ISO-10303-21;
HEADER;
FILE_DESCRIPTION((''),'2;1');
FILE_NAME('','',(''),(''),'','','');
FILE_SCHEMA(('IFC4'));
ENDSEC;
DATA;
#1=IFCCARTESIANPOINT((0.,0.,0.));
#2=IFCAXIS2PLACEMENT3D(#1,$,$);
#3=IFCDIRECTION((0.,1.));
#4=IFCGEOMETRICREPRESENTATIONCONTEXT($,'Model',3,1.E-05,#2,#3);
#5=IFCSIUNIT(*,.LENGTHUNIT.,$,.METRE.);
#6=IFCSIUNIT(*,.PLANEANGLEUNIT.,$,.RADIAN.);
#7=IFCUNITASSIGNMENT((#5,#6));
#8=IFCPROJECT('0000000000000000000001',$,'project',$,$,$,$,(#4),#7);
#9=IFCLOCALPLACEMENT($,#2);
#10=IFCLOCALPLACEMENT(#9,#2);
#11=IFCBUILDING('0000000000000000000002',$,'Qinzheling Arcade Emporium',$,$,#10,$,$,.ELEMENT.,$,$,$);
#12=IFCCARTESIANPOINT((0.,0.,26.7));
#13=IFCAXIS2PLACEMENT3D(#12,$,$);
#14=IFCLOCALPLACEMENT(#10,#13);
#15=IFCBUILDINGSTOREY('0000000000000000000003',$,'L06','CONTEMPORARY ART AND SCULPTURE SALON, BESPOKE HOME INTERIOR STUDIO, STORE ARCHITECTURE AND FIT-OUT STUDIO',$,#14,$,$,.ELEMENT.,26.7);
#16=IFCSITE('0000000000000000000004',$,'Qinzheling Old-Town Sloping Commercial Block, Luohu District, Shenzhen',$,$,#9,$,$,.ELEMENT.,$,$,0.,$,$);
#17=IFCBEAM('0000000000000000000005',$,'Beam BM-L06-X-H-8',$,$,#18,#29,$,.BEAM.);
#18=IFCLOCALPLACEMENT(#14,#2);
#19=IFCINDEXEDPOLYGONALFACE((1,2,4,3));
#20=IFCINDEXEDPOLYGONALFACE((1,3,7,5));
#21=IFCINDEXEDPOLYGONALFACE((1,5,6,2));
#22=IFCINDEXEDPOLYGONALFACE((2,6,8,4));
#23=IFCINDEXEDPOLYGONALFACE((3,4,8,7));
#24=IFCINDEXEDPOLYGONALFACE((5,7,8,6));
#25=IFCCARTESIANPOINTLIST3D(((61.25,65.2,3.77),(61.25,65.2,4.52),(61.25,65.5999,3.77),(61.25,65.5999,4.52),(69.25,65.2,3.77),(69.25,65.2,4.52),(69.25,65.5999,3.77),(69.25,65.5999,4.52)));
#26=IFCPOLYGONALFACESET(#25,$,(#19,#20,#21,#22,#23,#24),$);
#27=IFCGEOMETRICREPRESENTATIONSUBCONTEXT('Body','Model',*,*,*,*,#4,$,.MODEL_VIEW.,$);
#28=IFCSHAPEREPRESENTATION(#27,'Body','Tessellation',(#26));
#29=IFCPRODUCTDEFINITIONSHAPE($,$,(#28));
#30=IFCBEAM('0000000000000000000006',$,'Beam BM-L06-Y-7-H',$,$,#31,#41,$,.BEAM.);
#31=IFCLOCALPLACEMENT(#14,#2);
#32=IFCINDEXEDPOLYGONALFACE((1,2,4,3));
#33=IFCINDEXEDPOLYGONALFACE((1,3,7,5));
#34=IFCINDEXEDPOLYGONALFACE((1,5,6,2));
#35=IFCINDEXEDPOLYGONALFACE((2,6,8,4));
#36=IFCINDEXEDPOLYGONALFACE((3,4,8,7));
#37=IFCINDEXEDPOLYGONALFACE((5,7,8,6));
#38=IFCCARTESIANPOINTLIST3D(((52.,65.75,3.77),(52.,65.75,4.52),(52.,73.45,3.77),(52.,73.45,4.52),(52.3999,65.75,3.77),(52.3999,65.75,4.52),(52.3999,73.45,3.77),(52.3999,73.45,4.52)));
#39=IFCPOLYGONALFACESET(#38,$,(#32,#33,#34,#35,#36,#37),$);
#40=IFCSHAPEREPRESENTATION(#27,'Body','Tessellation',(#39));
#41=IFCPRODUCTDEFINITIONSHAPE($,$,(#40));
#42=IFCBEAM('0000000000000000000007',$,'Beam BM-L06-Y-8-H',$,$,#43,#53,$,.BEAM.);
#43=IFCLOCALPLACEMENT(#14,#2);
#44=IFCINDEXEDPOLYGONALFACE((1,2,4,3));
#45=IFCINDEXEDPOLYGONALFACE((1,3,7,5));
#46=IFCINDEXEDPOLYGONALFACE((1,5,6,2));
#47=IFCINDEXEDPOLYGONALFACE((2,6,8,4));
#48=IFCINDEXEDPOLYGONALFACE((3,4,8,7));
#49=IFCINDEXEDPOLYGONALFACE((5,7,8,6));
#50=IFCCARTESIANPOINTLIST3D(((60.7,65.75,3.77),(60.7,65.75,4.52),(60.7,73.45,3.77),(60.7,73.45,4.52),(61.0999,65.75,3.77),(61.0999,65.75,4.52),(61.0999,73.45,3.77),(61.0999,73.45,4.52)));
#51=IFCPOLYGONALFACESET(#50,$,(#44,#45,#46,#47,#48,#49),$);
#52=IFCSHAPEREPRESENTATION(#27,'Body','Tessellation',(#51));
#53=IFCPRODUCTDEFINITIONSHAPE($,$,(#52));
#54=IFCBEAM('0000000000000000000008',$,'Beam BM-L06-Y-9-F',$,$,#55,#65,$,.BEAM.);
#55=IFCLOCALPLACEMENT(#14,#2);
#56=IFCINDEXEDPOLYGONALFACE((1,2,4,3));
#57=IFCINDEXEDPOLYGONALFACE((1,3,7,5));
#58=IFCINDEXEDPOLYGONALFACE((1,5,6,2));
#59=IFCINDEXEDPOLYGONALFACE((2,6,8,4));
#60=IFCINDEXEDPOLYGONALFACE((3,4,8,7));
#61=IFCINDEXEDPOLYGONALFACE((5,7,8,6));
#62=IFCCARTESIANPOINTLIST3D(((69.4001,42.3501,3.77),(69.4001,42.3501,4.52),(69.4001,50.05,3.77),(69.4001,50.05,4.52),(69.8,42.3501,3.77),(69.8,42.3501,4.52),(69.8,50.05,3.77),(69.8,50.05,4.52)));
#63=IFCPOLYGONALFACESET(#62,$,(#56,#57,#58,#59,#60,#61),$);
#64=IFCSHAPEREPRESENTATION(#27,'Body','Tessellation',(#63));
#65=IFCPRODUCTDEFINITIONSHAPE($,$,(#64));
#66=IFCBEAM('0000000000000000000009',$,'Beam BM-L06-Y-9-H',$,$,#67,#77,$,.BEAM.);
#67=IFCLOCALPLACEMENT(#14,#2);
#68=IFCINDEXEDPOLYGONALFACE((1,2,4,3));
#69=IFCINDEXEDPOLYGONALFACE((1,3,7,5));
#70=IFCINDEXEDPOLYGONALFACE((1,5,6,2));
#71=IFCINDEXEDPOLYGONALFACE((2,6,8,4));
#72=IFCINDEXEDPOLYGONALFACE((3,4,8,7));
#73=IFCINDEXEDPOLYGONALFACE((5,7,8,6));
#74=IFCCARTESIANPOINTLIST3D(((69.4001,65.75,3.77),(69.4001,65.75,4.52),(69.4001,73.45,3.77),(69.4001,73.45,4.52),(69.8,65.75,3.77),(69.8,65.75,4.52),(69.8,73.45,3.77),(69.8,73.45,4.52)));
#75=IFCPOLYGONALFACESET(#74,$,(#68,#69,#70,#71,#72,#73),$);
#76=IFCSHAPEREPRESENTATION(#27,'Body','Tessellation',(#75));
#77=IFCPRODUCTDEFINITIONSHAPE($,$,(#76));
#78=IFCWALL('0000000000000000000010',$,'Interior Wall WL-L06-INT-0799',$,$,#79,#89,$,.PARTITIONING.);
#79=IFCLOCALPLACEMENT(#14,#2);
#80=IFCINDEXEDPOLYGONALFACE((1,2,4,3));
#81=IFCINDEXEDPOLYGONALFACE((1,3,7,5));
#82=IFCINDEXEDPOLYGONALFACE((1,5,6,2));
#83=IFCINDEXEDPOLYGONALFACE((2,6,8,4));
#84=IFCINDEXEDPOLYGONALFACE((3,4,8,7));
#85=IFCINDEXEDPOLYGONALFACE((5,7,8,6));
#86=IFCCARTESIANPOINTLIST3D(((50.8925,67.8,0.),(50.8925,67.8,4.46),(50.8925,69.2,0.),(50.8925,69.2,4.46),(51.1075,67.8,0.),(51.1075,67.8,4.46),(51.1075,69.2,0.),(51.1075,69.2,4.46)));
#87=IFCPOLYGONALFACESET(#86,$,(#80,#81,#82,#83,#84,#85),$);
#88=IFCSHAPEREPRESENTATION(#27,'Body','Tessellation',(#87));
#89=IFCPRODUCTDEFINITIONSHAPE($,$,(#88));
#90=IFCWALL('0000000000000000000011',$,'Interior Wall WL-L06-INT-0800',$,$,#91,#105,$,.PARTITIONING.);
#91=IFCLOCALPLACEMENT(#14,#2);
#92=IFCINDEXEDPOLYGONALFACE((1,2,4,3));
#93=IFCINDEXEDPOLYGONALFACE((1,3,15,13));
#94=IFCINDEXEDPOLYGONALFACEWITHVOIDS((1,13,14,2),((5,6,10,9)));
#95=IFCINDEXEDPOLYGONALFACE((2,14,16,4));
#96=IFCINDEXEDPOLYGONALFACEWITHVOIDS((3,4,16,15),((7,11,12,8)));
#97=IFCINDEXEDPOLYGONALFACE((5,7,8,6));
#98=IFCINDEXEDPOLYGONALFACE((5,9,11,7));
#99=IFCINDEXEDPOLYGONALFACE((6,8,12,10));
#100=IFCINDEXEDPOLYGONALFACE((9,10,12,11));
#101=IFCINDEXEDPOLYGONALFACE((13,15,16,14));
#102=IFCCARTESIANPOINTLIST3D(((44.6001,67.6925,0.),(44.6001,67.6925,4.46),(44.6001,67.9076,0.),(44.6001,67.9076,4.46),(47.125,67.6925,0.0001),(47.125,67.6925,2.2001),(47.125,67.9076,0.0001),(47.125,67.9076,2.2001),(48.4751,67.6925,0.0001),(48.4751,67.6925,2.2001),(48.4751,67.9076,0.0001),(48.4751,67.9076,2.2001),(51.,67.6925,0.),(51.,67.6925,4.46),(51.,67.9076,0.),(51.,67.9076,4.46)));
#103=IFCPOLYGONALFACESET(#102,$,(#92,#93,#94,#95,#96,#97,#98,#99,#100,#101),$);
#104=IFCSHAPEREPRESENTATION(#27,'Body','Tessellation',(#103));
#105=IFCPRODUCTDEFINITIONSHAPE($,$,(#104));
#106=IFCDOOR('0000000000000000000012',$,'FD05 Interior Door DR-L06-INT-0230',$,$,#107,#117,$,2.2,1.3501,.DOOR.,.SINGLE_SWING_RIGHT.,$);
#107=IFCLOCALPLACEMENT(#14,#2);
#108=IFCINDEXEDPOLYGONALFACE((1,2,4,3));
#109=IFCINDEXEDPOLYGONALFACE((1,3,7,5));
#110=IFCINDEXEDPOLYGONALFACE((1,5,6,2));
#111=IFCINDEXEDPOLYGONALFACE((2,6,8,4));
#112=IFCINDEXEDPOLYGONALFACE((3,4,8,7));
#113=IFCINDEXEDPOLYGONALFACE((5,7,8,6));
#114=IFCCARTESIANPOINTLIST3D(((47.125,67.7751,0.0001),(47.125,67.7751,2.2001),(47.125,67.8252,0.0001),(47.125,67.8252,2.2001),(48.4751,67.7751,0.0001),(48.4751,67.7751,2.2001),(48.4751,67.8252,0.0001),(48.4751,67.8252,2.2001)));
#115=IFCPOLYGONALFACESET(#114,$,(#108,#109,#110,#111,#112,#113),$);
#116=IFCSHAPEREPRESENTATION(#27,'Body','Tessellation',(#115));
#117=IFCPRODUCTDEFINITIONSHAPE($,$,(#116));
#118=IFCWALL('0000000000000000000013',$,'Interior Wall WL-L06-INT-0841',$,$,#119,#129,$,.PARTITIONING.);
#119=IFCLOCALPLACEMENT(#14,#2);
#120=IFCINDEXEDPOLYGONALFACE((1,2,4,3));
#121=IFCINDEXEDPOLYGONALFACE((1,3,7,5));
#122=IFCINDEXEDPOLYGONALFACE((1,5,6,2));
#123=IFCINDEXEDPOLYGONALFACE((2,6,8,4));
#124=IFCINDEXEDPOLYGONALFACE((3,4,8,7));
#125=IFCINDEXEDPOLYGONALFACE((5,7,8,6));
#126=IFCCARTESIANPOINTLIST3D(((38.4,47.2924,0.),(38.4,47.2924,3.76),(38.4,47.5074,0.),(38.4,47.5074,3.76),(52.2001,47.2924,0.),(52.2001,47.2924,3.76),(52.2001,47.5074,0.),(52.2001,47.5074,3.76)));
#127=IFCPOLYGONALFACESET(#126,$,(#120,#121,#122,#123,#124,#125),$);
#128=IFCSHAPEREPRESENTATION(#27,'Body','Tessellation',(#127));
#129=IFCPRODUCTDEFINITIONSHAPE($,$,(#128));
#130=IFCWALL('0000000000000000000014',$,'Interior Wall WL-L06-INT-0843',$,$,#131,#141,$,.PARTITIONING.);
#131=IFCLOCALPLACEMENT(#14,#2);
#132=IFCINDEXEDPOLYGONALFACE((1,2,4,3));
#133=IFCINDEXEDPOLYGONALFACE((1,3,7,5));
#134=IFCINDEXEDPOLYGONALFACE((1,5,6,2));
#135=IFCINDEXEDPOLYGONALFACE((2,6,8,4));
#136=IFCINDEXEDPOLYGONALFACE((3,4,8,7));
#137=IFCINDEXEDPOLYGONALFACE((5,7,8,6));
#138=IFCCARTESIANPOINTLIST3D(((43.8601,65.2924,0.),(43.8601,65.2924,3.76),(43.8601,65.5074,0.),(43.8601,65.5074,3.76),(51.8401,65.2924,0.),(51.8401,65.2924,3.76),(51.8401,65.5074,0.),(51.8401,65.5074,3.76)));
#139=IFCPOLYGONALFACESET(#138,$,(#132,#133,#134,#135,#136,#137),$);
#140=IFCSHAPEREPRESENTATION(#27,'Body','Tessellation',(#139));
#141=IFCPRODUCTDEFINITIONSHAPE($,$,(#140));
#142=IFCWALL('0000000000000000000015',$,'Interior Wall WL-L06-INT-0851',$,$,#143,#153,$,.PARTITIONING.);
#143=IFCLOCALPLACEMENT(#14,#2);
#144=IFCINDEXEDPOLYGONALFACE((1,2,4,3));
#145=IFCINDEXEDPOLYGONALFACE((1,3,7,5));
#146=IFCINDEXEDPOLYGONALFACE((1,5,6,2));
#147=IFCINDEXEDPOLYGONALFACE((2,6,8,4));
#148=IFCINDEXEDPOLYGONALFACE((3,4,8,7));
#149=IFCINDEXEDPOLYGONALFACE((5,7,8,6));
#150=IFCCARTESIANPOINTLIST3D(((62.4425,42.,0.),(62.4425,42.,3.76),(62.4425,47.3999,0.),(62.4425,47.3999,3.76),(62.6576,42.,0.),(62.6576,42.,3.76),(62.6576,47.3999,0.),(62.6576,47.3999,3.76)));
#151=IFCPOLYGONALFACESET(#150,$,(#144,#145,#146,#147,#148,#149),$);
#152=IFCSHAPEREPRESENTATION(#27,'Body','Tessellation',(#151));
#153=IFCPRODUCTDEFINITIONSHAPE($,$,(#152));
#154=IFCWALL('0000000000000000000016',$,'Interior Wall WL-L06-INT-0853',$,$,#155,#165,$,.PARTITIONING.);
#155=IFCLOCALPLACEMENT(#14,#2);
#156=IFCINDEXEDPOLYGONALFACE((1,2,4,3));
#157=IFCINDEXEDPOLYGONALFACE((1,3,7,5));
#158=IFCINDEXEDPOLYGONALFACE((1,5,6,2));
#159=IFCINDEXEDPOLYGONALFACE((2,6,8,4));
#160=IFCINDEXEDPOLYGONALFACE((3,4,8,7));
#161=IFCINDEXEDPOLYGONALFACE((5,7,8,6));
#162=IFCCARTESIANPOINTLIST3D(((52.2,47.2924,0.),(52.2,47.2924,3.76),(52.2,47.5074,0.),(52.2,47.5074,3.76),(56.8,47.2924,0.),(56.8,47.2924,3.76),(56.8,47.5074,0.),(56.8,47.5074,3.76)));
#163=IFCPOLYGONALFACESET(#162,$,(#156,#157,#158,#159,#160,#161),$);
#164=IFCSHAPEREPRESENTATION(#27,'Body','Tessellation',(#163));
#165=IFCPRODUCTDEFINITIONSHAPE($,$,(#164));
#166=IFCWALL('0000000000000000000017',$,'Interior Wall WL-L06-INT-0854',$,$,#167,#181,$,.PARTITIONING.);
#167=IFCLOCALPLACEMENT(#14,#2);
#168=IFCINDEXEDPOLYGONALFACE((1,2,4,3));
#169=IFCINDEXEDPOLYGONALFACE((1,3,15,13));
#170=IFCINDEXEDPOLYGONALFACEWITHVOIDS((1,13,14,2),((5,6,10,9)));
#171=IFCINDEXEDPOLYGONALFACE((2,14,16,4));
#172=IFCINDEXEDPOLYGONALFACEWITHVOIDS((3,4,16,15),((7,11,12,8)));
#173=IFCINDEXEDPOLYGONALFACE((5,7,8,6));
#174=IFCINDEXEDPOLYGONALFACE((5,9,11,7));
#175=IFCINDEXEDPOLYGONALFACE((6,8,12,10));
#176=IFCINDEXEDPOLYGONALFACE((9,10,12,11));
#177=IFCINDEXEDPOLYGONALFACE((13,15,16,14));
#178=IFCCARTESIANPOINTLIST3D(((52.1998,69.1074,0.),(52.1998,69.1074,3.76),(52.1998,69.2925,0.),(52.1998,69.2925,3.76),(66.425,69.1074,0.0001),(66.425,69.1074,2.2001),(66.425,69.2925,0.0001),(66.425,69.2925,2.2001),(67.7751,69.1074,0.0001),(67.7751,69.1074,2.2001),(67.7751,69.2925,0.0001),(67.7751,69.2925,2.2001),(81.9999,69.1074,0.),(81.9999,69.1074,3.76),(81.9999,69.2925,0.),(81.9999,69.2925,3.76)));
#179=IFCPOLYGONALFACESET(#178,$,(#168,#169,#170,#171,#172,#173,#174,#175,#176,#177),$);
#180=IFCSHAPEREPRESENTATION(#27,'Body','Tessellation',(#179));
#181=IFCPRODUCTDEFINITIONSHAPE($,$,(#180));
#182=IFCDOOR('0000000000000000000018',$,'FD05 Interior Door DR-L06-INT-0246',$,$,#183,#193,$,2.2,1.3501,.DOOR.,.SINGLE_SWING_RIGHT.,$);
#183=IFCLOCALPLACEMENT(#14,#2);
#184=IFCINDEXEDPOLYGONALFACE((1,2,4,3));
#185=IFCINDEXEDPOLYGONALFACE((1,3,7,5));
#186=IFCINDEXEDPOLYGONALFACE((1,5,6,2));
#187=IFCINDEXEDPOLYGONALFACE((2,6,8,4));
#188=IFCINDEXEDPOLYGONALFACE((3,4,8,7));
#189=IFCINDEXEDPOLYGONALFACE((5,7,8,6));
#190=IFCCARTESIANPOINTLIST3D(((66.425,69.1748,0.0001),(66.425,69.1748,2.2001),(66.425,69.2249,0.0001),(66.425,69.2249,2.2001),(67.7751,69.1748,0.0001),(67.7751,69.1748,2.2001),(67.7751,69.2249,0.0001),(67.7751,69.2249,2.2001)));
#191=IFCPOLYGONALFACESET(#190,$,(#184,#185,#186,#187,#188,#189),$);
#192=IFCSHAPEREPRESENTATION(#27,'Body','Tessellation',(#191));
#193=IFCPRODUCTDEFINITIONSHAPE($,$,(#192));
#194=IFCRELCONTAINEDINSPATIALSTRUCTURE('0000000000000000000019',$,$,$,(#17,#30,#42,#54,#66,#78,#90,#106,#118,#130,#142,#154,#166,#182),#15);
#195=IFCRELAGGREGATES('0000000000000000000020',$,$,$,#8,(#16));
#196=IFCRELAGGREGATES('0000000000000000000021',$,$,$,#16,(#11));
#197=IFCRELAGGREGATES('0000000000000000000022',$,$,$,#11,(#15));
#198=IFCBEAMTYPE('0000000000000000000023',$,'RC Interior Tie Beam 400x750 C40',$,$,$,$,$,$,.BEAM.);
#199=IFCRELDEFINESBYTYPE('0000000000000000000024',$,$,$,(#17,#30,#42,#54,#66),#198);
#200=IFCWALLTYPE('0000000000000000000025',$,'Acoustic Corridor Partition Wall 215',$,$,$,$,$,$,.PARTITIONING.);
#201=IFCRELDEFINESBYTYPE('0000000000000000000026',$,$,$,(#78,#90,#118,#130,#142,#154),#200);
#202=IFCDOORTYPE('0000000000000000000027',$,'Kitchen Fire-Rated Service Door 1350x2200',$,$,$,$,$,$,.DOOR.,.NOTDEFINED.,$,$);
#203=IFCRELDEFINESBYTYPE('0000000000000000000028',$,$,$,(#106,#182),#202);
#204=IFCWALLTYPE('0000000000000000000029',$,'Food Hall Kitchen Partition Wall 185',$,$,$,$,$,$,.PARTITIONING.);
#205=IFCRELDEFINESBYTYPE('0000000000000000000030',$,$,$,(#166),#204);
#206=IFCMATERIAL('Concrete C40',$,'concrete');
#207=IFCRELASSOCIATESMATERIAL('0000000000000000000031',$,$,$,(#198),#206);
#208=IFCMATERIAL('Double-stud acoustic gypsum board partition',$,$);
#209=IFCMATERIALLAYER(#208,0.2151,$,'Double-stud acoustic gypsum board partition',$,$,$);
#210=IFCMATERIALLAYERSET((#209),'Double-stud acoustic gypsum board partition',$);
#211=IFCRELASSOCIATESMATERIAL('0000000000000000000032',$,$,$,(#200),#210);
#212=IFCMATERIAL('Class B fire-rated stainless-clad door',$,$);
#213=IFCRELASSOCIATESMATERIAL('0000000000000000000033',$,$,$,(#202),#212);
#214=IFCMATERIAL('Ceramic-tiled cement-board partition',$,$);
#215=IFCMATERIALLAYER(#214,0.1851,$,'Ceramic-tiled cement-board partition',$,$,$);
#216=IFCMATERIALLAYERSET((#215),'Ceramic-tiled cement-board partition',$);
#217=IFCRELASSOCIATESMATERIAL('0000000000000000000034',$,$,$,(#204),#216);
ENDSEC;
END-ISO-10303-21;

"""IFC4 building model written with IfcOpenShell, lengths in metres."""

from ifc_helpers import new_model, si_unit, direction, frame, frame_2d, origin, origin_2d, place, context, subcontext, project, spatial, rectangle, extrude, material, layer, layer_set, material_profile, profile_set, type_object, element, fill, save


model = new_model("IFC4")

# Units and contexts
model_context = context("Model", 3, precision=1e-05, world=origin(), true_north=direction((0.0, 1.0)))
body_context = subcontext(model_context, "Body", "Model", "MODEL_VIEW")
ifc_project = project(units=[si_unit("LENGTHUNIT", "METRE"), si_unit("PLANEANGLEUNIT", "RADIAN")], contexts=[model_context])

# Site, building, storey
site_placement = place(None, origin())
site = spatial("IfcSite", under=ifc_project, at=site_placement, Name="Qinzheling Old-Town Sloping Commercial Block, Luohu District, Shenzhen", CompositionType="ELEMENT", RefElevation=0.0)
building_placement = place(site_placement, origin())
building = spatial("IfcBuilding", under=site, at=building_placement, Name="Qinzheling Arcade Emporium", CompositionType="ELEMENT")
storey_placement = place(building_placement, frame((0.0, 0.0, 26.7)))
storey = spatial("IfcBuildingStorey", under=building, at=storey_placement, Name="L06", Description="CONTEMPORARY ART AND SCULPTURE SALON, BESPOKE HOME INTERIOR STUDIO, STORE ARCHITECTURE AND FIT-OUT STUDIO", CompositionType="ELEMENT", Elevation=26.7)

# Shared definitions
ifc_material_1 = material(Name="Concrete C40", Category="concrete")

# Beams
ifc_material_profile_1 = material_profile(ifc_material_1, rectangle(XDim=0.3999, YDim=0.75, at=origin_2d()), Name="RC 400x750", Category="concrete")
ifc_profile_set_1 = profile_set([ifc_material_profile_1], Name="Concrete C40")
beam_type_1 = type_object("IfcBeamType", Name="RC Interior Tie Beam 400x750 C40", PredefinedType="BEAM", material=ifc_profile_set_1)
for number, where, z_axis, x_axis, name in (
    (1, (61.25, 65.3999, 4.145), (1.0, 0.0, 0.0), (0.0, 1.0, 0.0), "Beam BM-L06-X-H-8"),
):
    element("IfcBeam", number, at=place(storey_placement, frame(where, z_axis=z_axis, x_axis=x_axis)), inside=storey, type_object=beam_type_1, Name=name, PredefinedType="BEAM", context=body_context, shape_type="SweptSolid", body=[
        extrude(rectangle(XDim=0.3999, YDim=0.75, at=origin_2d()), origin(), (0.0, 0.0, 1.0), 8.0),
    ])
for number, where, z_axis, x_axis, name in (
    (2, (52.2, 65.75, 4.145), (0.0, 1.0, 0.0), (-1.0, 0.0, 0.0), "Beam BM-L06-Y-7-H"),
    (3, (60.8999, 65.75, 4.145), (0.0, 1.0, 0.0), (-1.0, 0.0, 0.0), "Beam BM-L06-Y-8-H"),
    (4, (69.6001, 42.3501, 4.145), (0.0, 1.0, 0.0), (-1.0, 0.0, 0.0), "Beam BM-L06-Y-9-F"),
    (5, (69.6001, 65.75, 4.145), (0.0, 1.0, 0.0), (-1.0, 0.0, 0.0), "Beam BM-L06-Y-9-H"),
):
    element("IfcBeam", number, at=place(storey_placement, frame(where, z_axis=z_axis, x_axis=x_axis)), inside=storey, type_object=beam_type_1, Name=name, PredefinedType="BEAM", context=body_context, shape_type="SweptSolid", body=[
        extrude(rectangle(XDim=0.3999, YDim=0.75, at=origin_2d()), origin(), (0.0, 0.0, 1.0), 7.7),
    ])

# Wall
ifc_material_2 = material(Name="Double-stud acoustic gypsum board partition")
ifc_layer_1 = layer(ifc_material_2, 0.2151, Name="Double-stud acoustic gypsum board partition")
ifc_layer_set_1 = layer_set([ifc_layer_1], Name="Double-stud acoustic gypsum board partition")
wall_type_1 = type_object("IfcWallType", Name="Acoustic Corridor Partition Wall 215", PredefinedType="PARTITIONING", material=ifc_layer_set_1)
wall_1_placement = place(storey_placement, frame((51.0, 69.2, 0.0), z_axis=(0.0, 0.0, 1.0), x_axis=(0.0, -1.0, 0.0)))
element("IfcWall", 6, at=wall_1_placement, inside=storey, type_object=wall_type_1, Name="Interior Wall WL-L06-INT-0799", PredefinedType="PARTITIONING", context=body_context, shape_type="SweptSolid", body=[
    extrude(rectangle(XDim=1.3999, YDim=0.2151, at=frame_2d((0.7, 0.0))), origin(), (0.0, 0.0, 1.0), 4.46),
])

# Wall, opening, door
wall_2_placement = place(storey_placement, frame((51.0, 67.8, 0.0), z_axis=(0.0, 0.0, 1.0), x_axis=(-1.0, 0.0, 0.0)))
wall_2 = element("IfcWall", 7, at=wall_2_placement, inside=storey, type_object=wall_type_1, Name="Interior Wall WL-L06-INT-0800", PredefinedType="PARTITIONING", context=body_context, shape_type="SweptSolid", body=[
    extrude(rectangle(XDim=6.3999, YDim=0.2151, at=frame_2d((3.2, 0.0))), origin(), (0.0, 0.0, 1.0), 4.46),
])
opening_1_placement = place(wall_2_placement, frame((2.5249, 0.0, 0.0)))
opening_1 = element("IfcOpeningElement", 8, at=opening_1_placement, cuts=wall_2, PredefinedType="OPENING", context=body_context, shape_type="SweptSolid", body=[
    extrude(rectangle(XDim=1.3501, YDim=2.2, at=frame_2d((0.675, 1.1001))), frame((0.0, 0.1177, 0.0), z_axis=(0.0, -1.0, 0.0), x_axis=(1.0, 0.0, 0.0)), (0.0, 0.0, 1.0), 0.2351),
])
ifc_material_3 = material(Name="Class B fire-rated stainless-clad door")
door_type = type_object("IfcDoorType", Name="Kitchen Fire-Rated Service Door 1350x2200", OperationType="NOTDEFINED", PredefinedType="DOOR", material=ifc_material_3)
door_1_placement = place(opening_1_placement, origin())
door_1 = element("IfcDoor", 9, at=door_1_placement, inside=storey, type_object=door_type, Name="FD05 Interior Door DR-L06-INT-0230", OperationType="SINGLE_SWING_RIGHT", OverallHeight=2.2, OverallWidth=1.3501, PredefinedType="DOOR", context=body_context, shape_type="SweptSolid", body=[
    extrude(rectangle(XDim=1.3501, YDim=2.2, at=frame_2d((0.675, 1.1001))), frame((0.0, 0.0249, 0.0), z_axis=(0.0, -1.0, 0.0), x_axis=(1.0, 0.0, 0.0)), (0.0, 0.0, 1.0), 0.05),
])
fill(opening_1, door_1)

# Walls
wall_3_placement = place(storey_placement, frame((52.2, 47.3999, 0.0), z_axis=(0.0, 0.0, 1.0), x_axis=(-1.0, 0.0, 0.0)))
element("IfcWall", 10, at=wall_3_placement, inside=storey, type_object=wall_type_1, Name="Interior Wall WL-L06-INT-0841", PredefinedType="PARTITIONING", context=body_context, shape_type="SweptSolid", body=[
    extrude(rectangle(XDim=13.8, YDim=0.2151, at=frame_2d((6.8999, 0.0))), origin(), (0.0, 0.0, 1.0), 3.76),
])
wall_4_placement = place(storey_placement, frame((51.8401, 65.3999, 0.0), z_axis=(0.0, 0.0, 1.0), x_axis=(-1.0, 0.0, 0.0)))
element("IfcWall", 11, at=wall_4_placement, inside=storey, type_object=wall_type_1, Name="Interior Wall WL-L06-INT-0843", PredefinedType="PARTITIONING", context=body_context, shape_type="SweptSolid", body=[
    extrude(rectangle(XDim=7.98, YDim=0.2151, at=frame_2d((3.99, 0.0))), origin(), (0.0, 0.0, 1.0), 3.76),
])
wall_5_placement = place(storey_placement, frame((62.55, 47.3999, 0.0), z_axis=(0.0, 0.0, 1.0), x_axis=(0.0, -1.0, 0.0)))
element("IfcWall", 12, at=wall_5_placement, inside=storey, type_object=wall_type_1, Name="Interior Wall WL-L06-INT-0851", PredefinedType="PARTITIONING", context=body_context, shape_type="SweptSolid", body=[
    extrude(rectangle(XDim=5.3999, YDim=0.2151, at=frame_2d((2.7, 0.0))), origin(), (0.0, 0.0, 1.0), 3.76),
])
wall_6_placement = place(storey_placement, frame((56.8, 47.3999, 0.0), z_axis=(0.0, 0.0, 1.0), x_axis=(-1.0, 0.0, 0.0)))
element("IfcWall", 13, at=wall_6_placement, inside=storey, type_object=wall_type_1, Name="Interior Wall WL-L06-INT-0853", PredefinedType="PARTITIONING", context=body_context, shape_type="SweptSolid", body=[
    extrude(rectangle(XDim=4.6001, YDim=0.2151, at=frame_2d((2.3, 0.0))), origin(), (0.0, 0.0, 1.0), 3.76),
])

# Wall, opening, door
ifc_material_4 = material(Name="Ceramic-tiled cement-board partition")
ifc_layer_2 = layer(ifc_material_4, 0.1851, Name="Ceramic-tiled cement-board partition")
ifc_layer_set_2 = layer_set([ifc_layer_2], Name="Ceramic-tiled cement-board partition")
wall_type_2 = type_object("IfcWallType", Name="Food Hall Kitchen Partition Wall 185", PredefinedType="PARTITIONING", material=ifc_layer_set_2)
wall_7_placement = place(storey_placement, frame((52.2, 69.2, 0.0), z_axis=(0.0, 0.0, 1.0), x_axis=(1.0, 0.0, 0.0)))
wall_7 = element("IfcWall", 14, at=wall_7_placement, inside=storey, type_object=wall_type_2, Name="Interior Wall WL-L06-INT-0854", PredefinedType="PARTITIONING", context=body_context, shape_type="SweptSolid", body=[
    extrude(rectangle(XDim=29.8, YDim=0.1851, at=frame_2d((14.8999, 0.0))), origin(), (0.0, 0.0, 1.0), 3.76),
])
opening_2_placement = place(wall_7_placement, frame((14.2251, 0.0, 0.0)))
opening_2 = element("IfcOpeningElement", 15, at=opening_2_placement, cuts=wall_7, PredefinedType="OPENING", context=body_context, shape_type="SweptSolid", body=[
    extrude(rectangle(XDim=1.3501, YDim=2.2, at=frame_2d((0.675, 1.1001))), frame((0.0, 0.1025, 0.0), z_axis=(0.0, -1.0, 0.0), x_axis=(1.0, 0.0, 0.0)), (0.0, 0.0, 1.0), 0.2051),
])
door_2_placement = place(opening_2_placement, origin())
door_2 = element("IfcDoor", 16, at=door_2_placement, inside=storey, type_object=door_type, Name="FD05 Interior Door DR-L06-INT-0246", OperationType="SINGLE_SWING_RIGHT", OverallHeight=2.2, OverallWidth=1.3501, PredefinedType="DOOR", context=body_context, shape_type="SweptSolid", body=[
    extrude(rectangle(XDim=1.3501, YDim=2.2, at=frame_2d((0.675, 1.1001))), frame((0.0, 0.0249, 0.0), z_axis=(0.0, -1.0, 0.0), x_axis=(1.0, 0.0, 0.0)), (0.0, 0.0, 1.0), 0.05),
])
fill(opening_2, door_2)

save(model, "model.ifc")
